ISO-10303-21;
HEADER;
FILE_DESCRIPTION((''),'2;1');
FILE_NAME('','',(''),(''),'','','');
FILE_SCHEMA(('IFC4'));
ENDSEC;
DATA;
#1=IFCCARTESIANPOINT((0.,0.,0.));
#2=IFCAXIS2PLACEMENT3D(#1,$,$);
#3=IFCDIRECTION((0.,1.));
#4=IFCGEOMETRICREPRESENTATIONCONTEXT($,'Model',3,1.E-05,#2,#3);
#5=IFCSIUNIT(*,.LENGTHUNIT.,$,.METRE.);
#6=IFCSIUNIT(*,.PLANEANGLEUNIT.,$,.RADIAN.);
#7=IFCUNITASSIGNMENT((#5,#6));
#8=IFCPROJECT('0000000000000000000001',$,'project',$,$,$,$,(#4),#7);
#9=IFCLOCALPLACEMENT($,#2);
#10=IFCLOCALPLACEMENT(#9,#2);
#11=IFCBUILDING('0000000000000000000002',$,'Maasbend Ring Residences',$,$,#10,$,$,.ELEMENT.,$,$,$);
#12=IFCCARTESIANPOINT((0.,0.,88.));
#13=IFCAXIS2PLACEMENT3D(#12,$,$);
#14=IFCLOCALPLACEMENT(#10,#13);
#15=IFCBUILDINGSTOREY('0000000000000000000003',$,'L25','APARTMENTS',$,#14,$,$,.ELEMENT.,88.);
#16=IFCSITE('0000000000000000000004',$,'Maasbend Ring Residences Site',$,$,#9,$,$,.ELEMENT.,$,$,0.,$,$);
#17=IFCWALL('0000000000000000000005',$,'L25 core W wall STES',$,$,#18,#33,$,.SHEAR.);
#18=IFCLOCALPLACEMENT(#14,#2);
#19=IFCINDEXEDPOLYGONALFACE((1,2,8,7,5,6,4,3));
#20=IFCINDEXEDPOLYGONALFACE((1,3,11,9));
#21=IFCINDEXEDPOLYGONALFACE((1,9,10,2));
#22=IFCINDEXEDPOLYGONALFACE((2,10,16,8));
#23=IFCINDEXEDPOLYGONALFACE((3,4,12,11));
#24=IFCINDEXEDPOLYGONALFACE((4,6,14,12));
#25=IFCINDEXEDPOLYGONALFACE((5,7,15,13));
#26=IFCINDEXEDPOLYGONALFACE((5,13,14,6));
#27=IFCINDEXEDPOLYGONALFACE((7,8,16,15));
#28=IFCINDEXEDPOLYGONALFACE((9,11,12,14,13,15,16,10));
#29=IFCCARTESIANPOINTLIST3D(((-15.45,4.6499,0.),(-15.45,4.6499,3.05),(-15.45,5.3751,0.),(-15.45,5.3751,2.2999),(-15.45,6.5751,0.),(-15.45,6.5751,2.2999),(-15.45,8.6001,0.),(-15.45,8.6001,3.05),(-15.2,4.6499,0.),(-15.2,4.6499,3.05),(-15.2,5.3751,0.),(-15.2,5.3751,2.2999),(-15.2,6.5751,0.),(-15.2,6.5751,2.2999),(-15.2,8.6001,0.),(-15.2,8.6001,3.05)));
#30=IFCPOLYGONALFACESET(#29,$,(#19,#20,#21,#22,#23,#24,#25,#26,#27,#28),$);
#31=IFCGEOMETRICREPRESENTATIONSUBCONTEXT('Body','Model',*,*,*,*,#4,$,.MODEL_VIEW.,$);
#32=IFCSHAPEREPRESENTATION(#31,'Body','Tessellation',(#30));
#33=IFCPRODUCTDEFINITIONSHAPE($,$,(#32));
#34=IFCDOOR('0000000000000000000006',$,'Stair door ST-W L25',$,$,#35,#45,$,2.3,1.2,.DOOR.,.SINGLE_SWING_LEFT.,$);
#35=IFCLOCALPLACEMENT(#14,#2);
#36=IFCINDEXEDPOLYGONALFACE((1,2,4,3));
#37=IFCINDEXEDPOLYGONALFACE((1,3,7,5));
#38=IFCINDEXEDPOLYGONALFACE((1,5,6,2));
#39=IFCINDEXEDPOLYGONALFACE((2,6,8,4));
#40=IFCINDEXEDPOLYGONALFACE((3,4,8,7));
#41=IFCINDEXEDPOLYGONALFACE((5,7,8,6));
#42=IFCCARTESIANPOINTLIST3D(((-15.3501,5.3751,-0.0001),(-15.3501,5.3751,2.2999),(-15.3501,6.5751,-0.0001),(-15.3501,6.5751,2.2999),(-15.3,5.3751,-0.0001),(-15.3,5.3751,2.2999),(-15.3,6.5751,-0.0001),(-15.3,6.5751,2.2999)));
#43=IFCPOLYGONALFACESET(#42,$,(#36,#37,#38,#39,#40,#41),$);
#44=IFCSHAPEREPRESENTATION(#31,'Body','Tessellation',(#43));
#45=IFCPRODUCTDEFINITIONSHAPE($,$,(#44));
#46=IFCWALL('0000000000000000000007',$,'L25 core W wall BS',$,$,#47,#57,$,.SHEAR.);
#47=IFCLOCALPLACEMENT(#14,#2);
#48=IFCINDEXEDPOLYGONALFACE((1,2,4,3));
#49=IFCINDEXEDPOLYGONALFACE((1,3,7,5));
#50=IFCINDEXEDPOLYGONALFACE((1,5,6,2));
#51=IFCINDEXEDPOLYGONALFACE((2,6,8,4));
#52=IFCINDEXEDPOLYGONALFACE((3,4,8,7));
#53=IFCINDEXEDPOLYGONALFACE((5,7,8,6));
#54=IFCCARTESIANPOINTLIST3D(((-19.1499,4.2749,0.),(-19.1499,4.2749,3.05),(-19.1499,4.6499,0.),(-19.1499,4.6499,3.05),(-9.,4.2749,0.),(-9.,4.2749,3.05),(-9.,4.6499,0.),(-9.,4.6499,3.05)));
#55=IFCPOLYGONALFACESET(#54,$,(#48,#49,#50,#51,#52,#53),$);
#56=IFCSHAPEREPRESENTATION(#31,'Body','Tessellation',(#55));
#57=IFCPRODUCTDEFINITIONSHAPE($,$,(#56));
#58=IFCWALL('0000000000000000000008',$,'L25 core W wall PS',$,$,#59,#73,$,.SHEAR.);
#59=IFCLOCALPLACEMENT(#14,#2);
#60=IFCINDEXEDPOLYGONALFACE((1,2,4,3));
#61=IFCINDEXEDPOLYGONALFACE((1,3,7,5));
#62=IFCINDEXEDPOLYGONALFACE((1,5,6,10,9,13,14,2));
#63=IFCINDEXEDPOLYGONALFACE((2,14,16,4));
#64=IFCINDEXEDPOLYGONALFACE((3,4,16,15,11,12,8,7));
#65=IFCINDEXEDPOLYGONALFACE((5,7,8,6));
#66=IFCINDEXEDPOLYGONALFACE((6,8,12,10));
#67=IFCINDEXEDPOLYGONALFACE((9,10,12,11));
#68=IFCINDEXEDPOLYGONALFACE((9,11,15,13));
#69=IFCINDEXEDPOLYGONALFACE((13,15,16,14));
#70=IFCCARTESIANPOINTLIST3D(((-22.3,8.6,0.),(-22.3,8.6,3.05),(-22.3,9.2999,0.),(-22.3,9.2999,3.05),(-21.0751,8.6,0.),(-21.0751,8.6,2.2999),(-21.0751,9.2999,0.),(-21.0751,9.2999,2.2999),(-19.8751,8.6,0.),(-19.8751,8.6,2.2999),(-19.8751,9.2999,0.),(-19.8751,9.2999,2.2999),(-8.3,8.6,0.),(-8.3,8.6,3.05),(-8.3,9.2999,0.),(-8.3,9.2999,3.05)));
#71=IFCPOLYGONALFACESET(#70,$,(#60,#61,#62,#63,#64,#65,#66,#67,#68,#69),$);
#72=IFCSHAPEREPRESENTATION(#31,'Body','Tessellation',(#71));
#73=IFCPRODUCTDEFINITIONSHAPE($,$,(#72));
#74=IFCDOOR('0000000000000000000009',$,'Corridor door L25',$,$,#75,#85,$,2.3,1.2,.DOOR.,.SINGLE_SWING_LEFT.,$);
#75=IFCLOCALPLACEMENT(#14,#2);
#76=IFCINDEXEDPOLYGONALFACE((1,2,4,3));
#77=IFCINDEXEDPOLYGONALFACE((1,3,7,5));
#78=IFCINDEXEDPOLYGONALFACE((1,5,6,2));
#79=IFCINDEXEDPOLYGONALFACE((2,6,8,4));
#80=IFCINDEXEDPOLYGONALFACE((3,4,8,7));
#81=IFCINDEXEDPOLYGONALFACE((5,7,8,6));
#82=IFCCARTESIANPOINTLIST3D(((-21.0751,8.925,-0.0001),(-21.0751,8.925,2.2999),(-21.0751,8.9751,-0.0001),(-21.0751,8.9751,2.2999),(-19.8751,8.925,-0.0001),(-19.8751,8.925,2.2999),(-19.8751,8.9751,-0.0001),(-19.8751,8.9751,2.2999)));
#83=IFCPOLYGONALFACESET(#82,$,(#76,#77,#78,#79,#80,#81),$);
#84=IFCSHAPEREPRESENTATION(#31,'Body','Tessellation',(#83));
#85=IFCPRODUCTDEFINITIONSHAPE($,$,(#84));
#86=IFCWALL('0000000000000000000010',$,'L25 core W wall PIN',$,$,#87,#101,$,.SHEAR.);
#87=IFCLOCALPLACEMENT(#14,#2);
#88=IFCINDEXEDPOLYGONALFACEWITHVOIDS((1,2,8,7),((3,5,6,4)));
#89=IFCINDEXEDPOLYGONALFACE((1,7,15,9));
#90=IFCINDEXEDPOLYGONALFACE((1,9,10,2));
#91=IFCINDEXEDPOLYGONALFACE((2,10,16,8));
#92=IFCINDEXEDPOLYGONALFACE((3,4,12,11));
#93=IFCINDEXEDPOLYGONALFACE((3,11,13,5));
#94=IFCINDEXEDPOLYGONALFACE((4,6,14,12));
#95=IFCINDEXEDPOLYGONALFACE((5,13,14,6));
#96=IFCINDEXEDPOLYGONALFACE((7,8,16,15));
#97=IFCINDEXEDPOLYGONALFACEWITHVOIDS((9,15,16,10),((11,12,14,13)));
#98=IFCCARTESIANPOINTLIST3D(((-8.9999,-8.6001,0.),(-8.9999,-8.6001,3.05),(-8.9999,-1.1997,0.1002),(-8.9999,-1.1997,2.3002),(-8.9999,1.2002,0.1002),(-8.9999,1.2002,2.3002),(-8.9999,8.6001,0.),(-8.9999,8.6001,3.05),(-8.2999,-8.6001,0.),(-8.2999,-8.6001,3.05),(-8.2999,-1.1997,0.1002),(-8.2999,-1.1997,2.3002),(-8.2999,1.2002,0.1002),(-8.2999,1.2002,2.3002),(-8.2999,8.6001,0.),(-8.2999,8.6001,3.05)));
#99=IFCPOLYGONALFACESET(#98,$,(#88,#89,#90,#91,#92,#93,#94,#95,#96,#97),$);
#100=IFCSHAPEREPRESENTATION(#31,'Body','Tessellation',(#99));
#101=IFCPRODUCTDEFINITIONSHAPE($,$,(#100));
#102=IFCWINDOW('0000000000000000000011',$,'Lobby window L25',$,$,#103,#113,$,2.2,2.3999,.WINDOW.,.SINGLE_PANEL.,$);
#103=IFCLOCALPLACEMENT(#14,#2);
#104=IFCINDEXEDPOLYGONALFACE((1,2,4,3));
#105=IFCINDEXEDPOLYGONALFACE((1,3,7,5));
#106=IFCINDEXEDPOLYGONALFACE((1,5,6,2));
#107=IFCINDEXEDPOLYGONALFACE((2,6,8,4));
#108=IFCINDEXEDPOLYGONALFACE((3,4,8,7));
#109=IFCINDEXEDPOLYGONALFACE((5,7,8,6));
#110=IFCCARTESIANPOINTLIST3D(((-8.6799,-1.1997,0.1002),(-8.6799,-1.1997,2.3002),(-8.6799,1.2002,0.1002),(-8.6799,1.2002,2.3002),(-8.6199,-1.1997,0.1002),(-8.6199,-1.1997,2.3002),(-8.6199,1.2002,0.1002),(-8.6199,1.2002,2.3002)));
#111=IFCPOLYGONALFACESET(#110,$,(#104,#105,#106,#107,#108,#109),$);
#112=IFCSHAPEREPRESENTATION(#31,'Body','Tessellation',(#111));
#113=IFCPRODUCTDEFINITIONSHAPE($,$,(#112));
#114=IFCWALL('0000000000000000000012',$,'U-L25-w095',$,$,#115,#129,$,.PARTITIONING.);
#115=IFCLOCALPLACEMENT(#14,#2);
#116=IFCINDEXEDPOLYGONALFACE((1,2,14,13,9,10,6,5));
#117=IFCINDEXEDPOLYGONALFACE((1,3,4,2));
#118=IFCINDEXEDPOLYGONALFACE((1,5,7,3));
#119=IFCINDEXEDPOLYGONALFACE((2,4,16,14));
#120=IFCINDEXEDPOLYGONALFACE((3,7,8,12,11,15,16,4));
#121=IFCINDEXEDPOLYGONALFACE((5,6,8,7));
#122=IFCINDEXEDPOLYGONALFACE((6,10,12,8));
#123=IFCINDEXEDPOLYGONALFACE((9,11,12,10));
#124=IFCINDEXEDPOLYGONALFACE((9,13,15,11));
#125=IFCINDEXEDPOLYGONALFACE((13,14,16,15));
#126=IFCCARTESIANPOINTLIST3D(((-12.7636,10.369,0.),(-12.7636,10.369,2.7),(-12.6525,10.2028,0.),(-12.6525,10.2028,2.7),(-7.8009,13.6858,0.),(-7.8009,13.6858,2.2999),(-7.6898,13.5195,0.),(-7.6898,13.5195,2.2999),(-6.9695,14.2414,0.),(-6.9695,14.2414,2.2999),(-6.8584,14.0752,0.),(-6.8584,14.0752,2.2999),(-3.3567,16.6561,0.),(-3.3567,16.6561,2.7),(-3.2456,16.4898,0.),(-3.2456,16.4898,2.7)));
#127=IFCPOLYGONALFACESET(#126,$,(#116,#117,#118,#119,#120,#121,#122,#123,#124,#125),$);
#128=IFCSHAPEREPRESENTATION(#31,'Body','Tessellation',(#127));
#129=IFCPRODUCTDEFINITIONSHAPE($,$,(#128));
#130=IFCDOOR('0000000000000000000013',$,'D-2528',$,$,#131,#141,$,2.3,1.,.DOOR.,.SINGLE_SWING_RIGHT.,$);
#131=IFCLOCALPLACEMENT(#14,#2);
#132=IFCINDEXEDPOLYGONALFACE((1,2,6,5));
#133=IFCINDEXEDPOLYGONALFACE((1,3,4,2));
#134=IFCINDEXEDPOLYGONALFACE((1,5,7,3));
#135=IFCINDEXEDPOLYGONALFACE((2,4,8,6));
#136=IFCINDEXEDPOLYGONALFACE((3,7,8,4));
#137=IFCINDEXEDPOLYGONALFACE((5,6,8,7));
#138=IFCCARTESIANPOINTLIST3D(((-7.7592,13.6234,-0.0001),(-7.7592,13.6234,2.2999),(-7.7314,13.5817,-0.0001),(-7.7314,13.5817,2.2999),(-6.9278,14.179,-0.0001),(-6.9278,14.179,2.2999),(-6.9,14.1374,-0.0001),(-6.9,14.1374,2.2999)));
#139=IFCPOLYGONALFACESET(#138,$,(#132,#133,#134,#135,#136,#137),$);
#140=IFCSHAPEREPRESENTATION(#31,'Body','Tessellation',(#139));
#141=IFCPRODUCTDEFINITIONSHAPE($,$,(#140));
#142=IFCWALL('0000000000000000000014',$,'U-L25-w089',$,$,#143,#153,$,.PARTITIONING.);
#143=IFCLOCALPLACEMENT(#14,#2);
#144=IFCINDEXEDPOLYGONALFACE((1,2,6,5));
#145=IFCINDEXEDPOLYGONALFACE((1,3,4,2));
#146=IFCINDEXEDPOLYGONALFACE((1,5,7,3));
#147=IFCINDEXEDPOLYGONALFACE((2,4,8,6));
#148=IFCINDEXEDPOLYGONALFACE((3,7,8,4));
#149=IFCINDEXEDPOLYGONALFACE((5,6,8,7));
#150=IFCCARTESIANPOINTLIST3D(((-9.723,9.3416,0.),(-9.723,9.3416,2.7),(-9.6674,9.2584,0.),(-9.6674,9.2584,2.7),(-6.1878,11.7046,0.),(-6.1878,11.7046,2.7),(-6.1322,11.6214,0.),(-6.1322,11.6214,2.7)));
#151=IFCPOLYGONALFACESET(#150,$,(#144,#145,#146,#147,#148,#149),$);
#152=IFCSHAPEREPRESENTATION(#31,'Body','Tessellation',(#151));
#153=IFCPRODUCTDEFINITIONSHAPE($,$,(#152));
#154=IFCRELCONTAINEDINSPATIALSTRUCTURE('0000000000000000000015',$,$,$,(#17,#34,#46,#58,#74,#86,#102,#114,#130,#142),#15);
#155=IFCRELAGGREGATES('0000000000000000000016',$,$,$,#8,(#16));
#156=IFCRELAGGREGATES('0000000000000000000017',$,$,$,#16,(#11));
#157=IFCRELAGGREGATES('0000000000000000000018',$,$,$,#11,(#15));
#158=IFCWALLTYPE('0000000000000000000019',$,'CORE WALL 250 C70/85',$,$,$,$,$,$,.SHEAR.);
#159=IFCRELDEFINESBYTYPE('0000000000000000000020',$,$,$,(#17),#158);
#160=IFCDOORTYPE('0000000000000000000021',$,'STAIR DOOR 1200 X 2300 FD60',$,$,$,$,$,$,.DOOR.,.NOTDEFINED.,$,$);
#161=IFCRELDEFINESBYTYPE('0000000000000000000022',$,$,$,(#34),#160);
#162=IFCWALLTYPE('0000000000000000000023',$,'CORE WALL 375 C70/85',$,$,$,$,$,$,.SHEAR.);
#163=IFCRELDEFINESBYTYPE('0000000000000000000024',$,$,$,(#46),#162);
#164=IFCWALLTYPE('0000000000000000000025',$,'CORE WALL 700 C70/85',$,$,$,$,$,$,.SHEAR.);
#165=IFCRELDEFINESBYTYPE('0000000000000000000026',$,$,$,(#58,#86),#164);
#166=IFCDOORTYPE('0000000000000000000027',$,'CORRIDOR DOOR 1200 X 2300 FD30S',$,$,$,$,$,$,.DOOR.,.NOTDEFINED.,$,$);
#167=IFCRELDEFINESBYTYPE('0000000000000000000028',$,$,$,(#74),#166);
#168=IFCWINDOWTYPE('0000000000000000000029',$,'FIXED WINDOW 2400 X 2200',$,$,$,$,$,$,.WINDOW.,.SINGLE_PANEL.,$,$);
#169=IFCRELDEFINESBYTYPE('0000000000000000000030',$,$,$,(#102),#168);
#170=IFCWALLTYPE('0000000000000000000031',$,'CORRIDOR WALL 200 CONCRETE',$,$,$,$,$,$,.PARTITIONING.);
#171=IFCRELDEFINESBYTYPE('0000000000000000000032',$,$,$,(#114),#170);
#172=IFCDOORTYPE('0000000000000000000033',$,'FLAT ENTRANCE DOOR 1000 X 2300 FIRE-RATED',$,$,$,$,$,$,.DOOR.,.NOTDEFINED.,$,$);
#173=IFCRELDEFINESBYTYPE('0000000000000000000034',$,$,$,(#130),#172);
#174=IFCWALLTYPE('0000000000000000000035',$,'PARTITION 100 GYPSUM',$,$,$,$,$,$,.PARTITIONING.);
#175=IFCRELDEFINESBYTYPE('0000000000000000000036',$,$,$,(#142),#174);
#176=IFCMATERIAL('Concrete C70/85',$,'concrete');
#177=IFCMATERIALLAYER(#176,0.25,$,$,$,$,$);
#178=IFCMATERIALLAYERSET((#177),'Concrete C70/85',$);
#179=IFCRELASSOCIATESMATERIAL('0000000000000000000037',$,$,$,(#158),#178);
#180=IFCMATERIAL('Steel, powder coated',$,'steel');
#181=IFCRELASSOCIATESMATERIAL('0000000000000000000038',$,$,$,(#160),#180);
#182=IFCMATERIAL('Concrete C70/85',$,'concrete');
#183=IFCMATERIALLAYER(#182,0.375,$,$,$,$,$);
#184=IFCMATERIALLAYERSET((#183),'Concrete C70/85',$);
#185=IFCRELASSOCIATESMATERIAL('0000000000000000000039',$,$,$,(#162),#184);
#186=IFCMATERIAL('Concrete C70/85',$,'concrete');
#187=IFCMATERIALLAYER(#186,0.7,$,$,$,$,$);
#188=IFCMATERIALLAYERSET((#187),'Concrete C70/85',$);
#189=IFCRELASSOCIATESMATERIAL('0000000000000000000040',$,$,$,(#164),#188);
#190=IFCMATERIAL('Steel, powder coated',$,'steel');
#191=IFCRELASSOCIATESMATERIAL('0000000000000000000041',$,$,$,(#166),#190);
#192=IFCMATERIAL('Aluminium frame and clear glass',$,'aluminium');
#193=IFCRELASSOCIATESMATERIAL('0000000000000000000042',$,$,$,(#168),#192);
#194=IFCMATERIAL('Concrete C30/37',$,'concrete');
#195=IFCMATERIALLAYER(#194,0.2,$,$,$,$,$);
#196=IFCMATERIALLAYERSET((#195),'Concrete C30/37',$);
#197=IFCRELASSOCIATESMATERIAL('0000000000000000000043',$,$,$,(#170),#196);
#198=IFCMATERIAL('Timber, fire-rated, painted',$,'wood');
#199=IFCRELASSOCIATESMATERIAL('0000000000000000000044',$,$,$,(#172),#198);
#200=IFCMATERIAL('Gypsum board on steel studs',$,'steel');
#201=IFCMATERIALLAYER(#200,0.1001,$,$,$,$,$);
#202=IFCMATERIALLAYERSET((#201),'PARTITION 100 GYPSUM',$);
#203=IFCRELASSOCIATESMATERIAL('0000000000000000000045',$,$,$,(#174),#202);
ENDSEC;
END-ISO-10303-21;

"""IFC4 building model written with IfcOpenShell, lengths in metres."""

from ifc_helpers import new_model, si_unit, direction, frame, frame_2d, origin, place, context, subcontext, project, spatial, rectangle, extrude, material, layer, layer_set, type_object, element, fill, save


model = new_model("IFC4")

# Units and contexts
model_context = context("Model", 3, precision=1e-05, world=origin(), true_north=direction((0.0, 1.0)))
body_context = subcontext(model_context, "Body", "Model", "MODEL_VIEW")
ifc_project = project(units=[si_unit("LENGTHUNIT", "METRE"), si_unit("PLANEANGLEUNIT", "RADIAN")], contexts=[model_context])

# Site, building, storey
site_placement = place(None, origin())
site = spatial("IfcSite", under=ifc_project, at=site_placement, Name="Maasbend Ring Residences Site", CompositionType="ELEMENT", RefElevation=0.0)
building_placement = place(site_placement, origin())
building = spatial("IfcBuilding", under=site, at=building_placement, Name="Maasbend Ring Residences", CompositionType="ELEMENT")
storey_placement = place(building_placement, frame((0.0, 0.0, 88.0)))
storey = spatial("IfcBuildingStorey", under=building, at=storey_placement, Name="L25", Description="APARTMENTS", CompositionType="ELEMENT", Elevation=88.0)

# Wall, opening, door
ifc_material_1 = material(Name="Concrete C70/85", Category="concrete")
ifc_layer_1 = layer(ifc_material_1, 0.25)
ifc_layer_set_1 = layer_set([ifc_layer_1], Name="Concrete C70/85")
wall_type_1 = type_object("IfcWallType", Name="CORE WALL 250 C70/85", PredefinedType="SHEAR", material=ifc_layer_set_1)
wall_1_placement = place(storey_placement, frame((-15.325, 8.6001, 0.0), z_axis=(0.0, 0.0, 1.0), x_axis=(0.0, -1.0, 0.0)))
wall_1 = element("IfcWall", 1, at=wall_1_placement, inside=storey, type_object=wall_type_1, Name="L25 core W wall STES", PredefinedType="SHEAR", context=body_context, shape_type="SweptSolid", body=[
    extrude(rectangle(XDim=3.9502, YDim=0.25, at=frame_2d((1.9751, 0.0))), origin(), (0.0, 0.0, 1.0), 3.05),
])
opening_1_placement = place(wall_1_placement, frame((2.0249, 0.0, 0.0)))
opening_1 = element("IfcOpeningElement", 2, at=opening_1_placement, cuts=wall_1, PredefinedType="OPENING", context=body_context, shape_type="SweptSolid", body=[
    extrude(rectangle(XDim=1.2, YDim=2.3, at=frame_2d((0.6001, 1.1499))), frame((0.0, 0.135, 0.0), z_axis=(0.0, -1.0, 0.0), x_axis=(1.0, 0.0, 0.0)), (0.0, 0.0, 1.0), 0.27),
])
ifc_material_2 = material(Name="Steel, powder coated", Category="steel")
door_type_1 = type_object("IfcDoorType", Name="STAIR DOOR 1200 X 2300 FD60", OperationType="NOTDEFINED", PredefinedType="DOOR", material=ifc_material_2)
door_1_placement = place(opening_1_placement, origin())
door_1 = element("IfcDoor", 3, at=door_1_placement, inside=storey, type_object=door_type_1, Name="Stair door ST-W L25", OperationType="SINGLE_SWING_LEFT", OverallHeight=2.3, OverallWidth=1.2, PredefinedType="DOOR", context=body_context, shape_type="SweptSolid", body=[
    extrude(rectangle(XDim=1.2, YDim=2.3, at=frame_2d((0.6001, 1.1499))), frame((0.0, 0.0249, 0.0), z_axis=(0.0, -1.0, 0.0), x_axis=(1.0, 0.0, 0.0)), (0.0, 0.0, 1.0), 0.05),
])
fill(opening_1, door_1)

# Wall
ifc_material_3 = material(Name="Concrete C70/85", Category="concrete")
ifc_layer_2 = layer(ifc_material_3, 0.375)
ifc_layer_set_2 = layer_set([ifc_layer_2], Name="Concrete C70/85")
wall_type_2 = type_object("IfcWallType", Name="CORE WALL 375 C70/85", PredefinedType="SHEAR", material=ifc_layer_set_2)
wall_2_placement = place(storey_placement, frame((-9.0, 4.4624, 0.0), z_axis=(0.0, 0.0, 1.0), x_axis=(-1.0, 0.0, 0.0)))
element("IfcWall", 4, at=wall_2_placement, inside=storey, type_object=wall_type_2, Name="L25 core W wall BS", PredefinedType="SHEAR", context=body_context, shape_type="SweptSolid", body=[
    extrude(rectangle(XDim=10.1499, YDim=0.375, at=frame_2d((5.075, 0.0))), origin(), (0.0, 0.0, 1.0), 3.05),
])

# Wall, opening, door
ifc_material_4 = material(Name="Concrete C70/85", Category="concrete")
ifc_layer_3 = layer(ifc_material_4, 0.7)
ifc_layer_set_3 = layer_set([ifc_layer_3], Name="Concrete C70/85")
wall_type_3 = type_object("IfcWallType", Name="CORE WALL 700 C70/85", PredefinedType="SHEAR", material=ifc_layer_set_3)
wall_3_placement = place(storey_placement, frame((-8.3, 8.95, 0.0), z_axis=(0.0, 0.0, 1.0), x_axis=(-1.0, 0.0, 0.0)))
wall_3 = element("IfcWall", 5, at=wall_3_placement, inside=storey, type_object=wall_type_3, Name="L25 core W wall PS", PredefinedType="SHEAR", context=body_context, shape_type="SweptSolid", body=[
    extrude(rectangle(XDim=14.0, YDim=0.7, at=frame_2d((7.0, 0.0))), origin(), (0.0, 0.0, 1.0), 3.05),
])
opening_2_placement = place(wall_3_placement, frame((11.575, 0.0, 0.0)))
opening_2 = element("IfcOpeningElement", 6, at=opening_2_placement, cuts=wall_3, PredefinedType="OPENING", context=body_context, shape_type="SweptSolid", body=[
    extrude(rectangle(XDim=1.2, YDim=2.3, at=frame_2d((0.6001, 1.1499))), frame((0.0, 0.3599, 0.0), z_axis=(0.0, -1.0, 0.0), x_axis=(1.0, 0.0, 0.0)), (0.0, 0.0, 1.0), 0.72),
])
ifc_material_5 = material(Name="Steel, powder coated", Category="steel")
door_type_2 = type_object("IfcDoorType", Name="CORRIDOR DOOR 1200 X 2300 FD30S", OperationType="NOTDEFINED", PredefinedType="DOOR", material=ifc_material_5)
door_2_placement = place(opening_2_placement, origin())
door_2 = element("IfcDoor", 7, at=door_2_placement, inside=storey, type_object=door_type_2, Name="Corridor door L25", OperationType="SINGLE_SWING_LEFT", OverallHeight=2.3, OverallWidth=1.2, PredefinedType="DOOR", context=body_context, shape_type="SweptSolid", body=[
    extrude(rectangle(XDim=1.2, YDim=2.3, at=frame_2d((0.6001, 1.1499))), frame((0.0, 0.0249, 0.0), z_axis=(0.0, -1.0, 0.0), x_axis=(1.0, 0.0, 0.0)), (0.0, 0.0, 1.0), 0.05),
])
fill(opening_2, door_2)

# Wall, opening, window
wall_4_placement = place(storey_placement, frame((-8.6499, 8.6001, 0.0), z_axis=(0.0, 0.0, 1.0), x_axis=(0.0, -1.0, 0.0)))
wall_4 = element("IfcWall", 8, at=wall_4_placement, inside=storey, type_object=wall_type_3, Name="L25 core W wall PIN", PredefinedType="SHEAR", context=body_context, shape_type="SweptSolid", body=[
    extrude(rectangle(XDim=17.2002, YDim=0.7, at=frame_2d((8.6001, 0.0))), origin(), (0.0, 0.0, 1.0), 3.05),
])
opening_3_placement = place(wall_4_placement, frame((7.3999, 0.0, 0.1001)))
opening_3 = element("IfcOpeningElement", 9, at=opening_3_placement, cuts=wall_4, PredefinedType="OPENING", context=body_context, shape_type="SweptSolid", body=[
    extrude(rectangle(XDim=2.3999, YDim=2.2, at=frame_2d((1.2, 1.1001))), frame((0.0, 0.3599, 0.0), z_axis=(0.0, -1.0, 0.0), x_axis=(1.0, 0.0, 0.0)), (0.0, 0.0, 1.0), 0.72),
])
ifc_material_6 = material(Name="Aluminium frame and clear glass", Category="aluminium")
window_type = type_object("IfcWindowType", Name="FIXED WINDOW 2400 X 2200", PartitioningType="SINGLE_PANEL", PredefinedType="WINDOW", material=ifc_material_6)
window_placement = place(opening_3_placement, origin())
window = element("IfcWindow", 10, at=window_placement, inside=storey, type_object=window_type, Name="Lobby window L25", OverallHeight=2.2, OverallWidth=2.3999, PartitioningType="SINGLE_PANEL", PredefinedType="WINDOW", context=body_context, shape_type="SweptSolid", body=[
    extrude(rectangle(XDim=2.3999, YDim=2.2, at=frame_2d((1.2, 1.1001))), frame((0.0, 0.03, 0.0), z_axis=(0.0, -1.0, 0.0), x_axis=(1.0, 0.0, 0.0)), (0.0, 0.0, 1.0), 0.0601),
])
fill(opening_3, window)

# Wall, opening, door
ifc_material_7 = material(Name="Concrete C30/37", Category="concrete")
ifc_layer_4 = layer(ifc_material_7, 0.2)
ifc_layer_set_4 = layer_set([ifc_layer_4], Name="Concrete C30/37")
wall_type_4 = type_object("IfcWallType", Name="CORRIDOR WALL 200 CONCRETE", PredefinedType="PARTITIONING", material=ifc_layer_set_4)
wall_5_placement = place(storey_placement, frame((-12.708, 10.2859, 0.0), z_axis=(0.0, 0.0, 1.0), x_axis=(0.831406, 0.555666, 0.0)))
wall_5 = element("IfcWall", 11, at=wall_5_placement, inside=storey, type_object=wall_type_4, Name="U-L25-w095", PredefinedType="PARTITIONING", context=body_context, shape_type="SweptSolid", body=[
    extrude(rectangle(XDim=11.3145, YDim=0.2, at=frame_2d((5.6572, 0.0))), origin(), (0.0, 0.0, 1.0), 2.7),
])
opening_4_placement = place(wall_5_placement, frame((5.969, 0.0, 0.0)))
opening_4 = element("IfcOpeningElement", 12, at=opening_4_placement, cuts=wall_5, PredefinedType="OPENING", context=body_context, shape_type="SweptSolid", body=[
    extrude(rectangle(XDim=1.0, YDim=2.3, at=frame_2d((0.5, 1.1499))), frame((0.0, 0.1099, 0.0), z_axis=(0.0, -1.0, 0.0), x_axis=(1.0, 0.0, 0.0)), (0.0, 0.0, 1.0), 0.22),
])
ifc_material_8 = material(Name="Timber, fire-rated, painted", Category="wood")
door_type_3 = type_object("IfcDoorType", Name="FLAT ENTRANCE DOOR 1000 X 2300 FIRE-RATED", OperationType="NOTDEFINED", PredefinedType="DOOR", material=ifc_material_8)
door_3_placement = place(opening_4_placement, origin())
door_3 = element("IfcDoor", 13, at=door_3_placement, inside=storey, type_object=door_type_3, Name="D-2528", OperationType="SINGLE_SWING_RIGHT", OverallHeight=2.3, OverallWidth=1.0, PredefinedType="DOOR", context=body_context, shape_type="SweptSolid", body=[
    extrude(rectangle(XDim=1.0, YDim=2.3, at=frame_2d((0.5, 1.1499))), frame((0.0, 0.0249, 0.0), z_axis=(0.0, -1.0, 0.0), x_axis=(1.0, 0.0, 0.0)), (0.0, 0.0, 1.0), 0.05),
])
fill(opening_4, door_3)

# Wall
ifc_material_9 = material(Name="Gypsum board on steel studs", Category="steel")
ifc_layer_5 = layer(ifc_material_9, 0.1001)
ifc_layer_set_5 = layer_set([ifc_layer_5], Name="PARTITION 100 GYPSUM")
wall_type_5 = type_object("IfcWallType", Name="PARTITION 100 GYPSUM", PredefinedType="PARTITIONING", material=ifc_layer_set_5)
wall_6_placement = place(storey_placement, frame((-9.6951, 9.3, 0.0), z_axis=(0.0, 0.0, 1.0), x_axis=(0.83137, 0.55572, 0.0)))
element("IfcWall", 14, at=wall_6_placement, inside=storey, type_object=wall_type_5, Name="U-L25-w089", PredefinedType="PARTITIONING", context=body_context, shape_type="SweptSolid", body=[
    extrude(rectangle(XDim=4.2522, YDim=0.1001, at=frame_2d((2.126, 0.0))), origin(), (0.0, 0.0, 1.0), 2.7),
])

save(model, "model.ifc")
